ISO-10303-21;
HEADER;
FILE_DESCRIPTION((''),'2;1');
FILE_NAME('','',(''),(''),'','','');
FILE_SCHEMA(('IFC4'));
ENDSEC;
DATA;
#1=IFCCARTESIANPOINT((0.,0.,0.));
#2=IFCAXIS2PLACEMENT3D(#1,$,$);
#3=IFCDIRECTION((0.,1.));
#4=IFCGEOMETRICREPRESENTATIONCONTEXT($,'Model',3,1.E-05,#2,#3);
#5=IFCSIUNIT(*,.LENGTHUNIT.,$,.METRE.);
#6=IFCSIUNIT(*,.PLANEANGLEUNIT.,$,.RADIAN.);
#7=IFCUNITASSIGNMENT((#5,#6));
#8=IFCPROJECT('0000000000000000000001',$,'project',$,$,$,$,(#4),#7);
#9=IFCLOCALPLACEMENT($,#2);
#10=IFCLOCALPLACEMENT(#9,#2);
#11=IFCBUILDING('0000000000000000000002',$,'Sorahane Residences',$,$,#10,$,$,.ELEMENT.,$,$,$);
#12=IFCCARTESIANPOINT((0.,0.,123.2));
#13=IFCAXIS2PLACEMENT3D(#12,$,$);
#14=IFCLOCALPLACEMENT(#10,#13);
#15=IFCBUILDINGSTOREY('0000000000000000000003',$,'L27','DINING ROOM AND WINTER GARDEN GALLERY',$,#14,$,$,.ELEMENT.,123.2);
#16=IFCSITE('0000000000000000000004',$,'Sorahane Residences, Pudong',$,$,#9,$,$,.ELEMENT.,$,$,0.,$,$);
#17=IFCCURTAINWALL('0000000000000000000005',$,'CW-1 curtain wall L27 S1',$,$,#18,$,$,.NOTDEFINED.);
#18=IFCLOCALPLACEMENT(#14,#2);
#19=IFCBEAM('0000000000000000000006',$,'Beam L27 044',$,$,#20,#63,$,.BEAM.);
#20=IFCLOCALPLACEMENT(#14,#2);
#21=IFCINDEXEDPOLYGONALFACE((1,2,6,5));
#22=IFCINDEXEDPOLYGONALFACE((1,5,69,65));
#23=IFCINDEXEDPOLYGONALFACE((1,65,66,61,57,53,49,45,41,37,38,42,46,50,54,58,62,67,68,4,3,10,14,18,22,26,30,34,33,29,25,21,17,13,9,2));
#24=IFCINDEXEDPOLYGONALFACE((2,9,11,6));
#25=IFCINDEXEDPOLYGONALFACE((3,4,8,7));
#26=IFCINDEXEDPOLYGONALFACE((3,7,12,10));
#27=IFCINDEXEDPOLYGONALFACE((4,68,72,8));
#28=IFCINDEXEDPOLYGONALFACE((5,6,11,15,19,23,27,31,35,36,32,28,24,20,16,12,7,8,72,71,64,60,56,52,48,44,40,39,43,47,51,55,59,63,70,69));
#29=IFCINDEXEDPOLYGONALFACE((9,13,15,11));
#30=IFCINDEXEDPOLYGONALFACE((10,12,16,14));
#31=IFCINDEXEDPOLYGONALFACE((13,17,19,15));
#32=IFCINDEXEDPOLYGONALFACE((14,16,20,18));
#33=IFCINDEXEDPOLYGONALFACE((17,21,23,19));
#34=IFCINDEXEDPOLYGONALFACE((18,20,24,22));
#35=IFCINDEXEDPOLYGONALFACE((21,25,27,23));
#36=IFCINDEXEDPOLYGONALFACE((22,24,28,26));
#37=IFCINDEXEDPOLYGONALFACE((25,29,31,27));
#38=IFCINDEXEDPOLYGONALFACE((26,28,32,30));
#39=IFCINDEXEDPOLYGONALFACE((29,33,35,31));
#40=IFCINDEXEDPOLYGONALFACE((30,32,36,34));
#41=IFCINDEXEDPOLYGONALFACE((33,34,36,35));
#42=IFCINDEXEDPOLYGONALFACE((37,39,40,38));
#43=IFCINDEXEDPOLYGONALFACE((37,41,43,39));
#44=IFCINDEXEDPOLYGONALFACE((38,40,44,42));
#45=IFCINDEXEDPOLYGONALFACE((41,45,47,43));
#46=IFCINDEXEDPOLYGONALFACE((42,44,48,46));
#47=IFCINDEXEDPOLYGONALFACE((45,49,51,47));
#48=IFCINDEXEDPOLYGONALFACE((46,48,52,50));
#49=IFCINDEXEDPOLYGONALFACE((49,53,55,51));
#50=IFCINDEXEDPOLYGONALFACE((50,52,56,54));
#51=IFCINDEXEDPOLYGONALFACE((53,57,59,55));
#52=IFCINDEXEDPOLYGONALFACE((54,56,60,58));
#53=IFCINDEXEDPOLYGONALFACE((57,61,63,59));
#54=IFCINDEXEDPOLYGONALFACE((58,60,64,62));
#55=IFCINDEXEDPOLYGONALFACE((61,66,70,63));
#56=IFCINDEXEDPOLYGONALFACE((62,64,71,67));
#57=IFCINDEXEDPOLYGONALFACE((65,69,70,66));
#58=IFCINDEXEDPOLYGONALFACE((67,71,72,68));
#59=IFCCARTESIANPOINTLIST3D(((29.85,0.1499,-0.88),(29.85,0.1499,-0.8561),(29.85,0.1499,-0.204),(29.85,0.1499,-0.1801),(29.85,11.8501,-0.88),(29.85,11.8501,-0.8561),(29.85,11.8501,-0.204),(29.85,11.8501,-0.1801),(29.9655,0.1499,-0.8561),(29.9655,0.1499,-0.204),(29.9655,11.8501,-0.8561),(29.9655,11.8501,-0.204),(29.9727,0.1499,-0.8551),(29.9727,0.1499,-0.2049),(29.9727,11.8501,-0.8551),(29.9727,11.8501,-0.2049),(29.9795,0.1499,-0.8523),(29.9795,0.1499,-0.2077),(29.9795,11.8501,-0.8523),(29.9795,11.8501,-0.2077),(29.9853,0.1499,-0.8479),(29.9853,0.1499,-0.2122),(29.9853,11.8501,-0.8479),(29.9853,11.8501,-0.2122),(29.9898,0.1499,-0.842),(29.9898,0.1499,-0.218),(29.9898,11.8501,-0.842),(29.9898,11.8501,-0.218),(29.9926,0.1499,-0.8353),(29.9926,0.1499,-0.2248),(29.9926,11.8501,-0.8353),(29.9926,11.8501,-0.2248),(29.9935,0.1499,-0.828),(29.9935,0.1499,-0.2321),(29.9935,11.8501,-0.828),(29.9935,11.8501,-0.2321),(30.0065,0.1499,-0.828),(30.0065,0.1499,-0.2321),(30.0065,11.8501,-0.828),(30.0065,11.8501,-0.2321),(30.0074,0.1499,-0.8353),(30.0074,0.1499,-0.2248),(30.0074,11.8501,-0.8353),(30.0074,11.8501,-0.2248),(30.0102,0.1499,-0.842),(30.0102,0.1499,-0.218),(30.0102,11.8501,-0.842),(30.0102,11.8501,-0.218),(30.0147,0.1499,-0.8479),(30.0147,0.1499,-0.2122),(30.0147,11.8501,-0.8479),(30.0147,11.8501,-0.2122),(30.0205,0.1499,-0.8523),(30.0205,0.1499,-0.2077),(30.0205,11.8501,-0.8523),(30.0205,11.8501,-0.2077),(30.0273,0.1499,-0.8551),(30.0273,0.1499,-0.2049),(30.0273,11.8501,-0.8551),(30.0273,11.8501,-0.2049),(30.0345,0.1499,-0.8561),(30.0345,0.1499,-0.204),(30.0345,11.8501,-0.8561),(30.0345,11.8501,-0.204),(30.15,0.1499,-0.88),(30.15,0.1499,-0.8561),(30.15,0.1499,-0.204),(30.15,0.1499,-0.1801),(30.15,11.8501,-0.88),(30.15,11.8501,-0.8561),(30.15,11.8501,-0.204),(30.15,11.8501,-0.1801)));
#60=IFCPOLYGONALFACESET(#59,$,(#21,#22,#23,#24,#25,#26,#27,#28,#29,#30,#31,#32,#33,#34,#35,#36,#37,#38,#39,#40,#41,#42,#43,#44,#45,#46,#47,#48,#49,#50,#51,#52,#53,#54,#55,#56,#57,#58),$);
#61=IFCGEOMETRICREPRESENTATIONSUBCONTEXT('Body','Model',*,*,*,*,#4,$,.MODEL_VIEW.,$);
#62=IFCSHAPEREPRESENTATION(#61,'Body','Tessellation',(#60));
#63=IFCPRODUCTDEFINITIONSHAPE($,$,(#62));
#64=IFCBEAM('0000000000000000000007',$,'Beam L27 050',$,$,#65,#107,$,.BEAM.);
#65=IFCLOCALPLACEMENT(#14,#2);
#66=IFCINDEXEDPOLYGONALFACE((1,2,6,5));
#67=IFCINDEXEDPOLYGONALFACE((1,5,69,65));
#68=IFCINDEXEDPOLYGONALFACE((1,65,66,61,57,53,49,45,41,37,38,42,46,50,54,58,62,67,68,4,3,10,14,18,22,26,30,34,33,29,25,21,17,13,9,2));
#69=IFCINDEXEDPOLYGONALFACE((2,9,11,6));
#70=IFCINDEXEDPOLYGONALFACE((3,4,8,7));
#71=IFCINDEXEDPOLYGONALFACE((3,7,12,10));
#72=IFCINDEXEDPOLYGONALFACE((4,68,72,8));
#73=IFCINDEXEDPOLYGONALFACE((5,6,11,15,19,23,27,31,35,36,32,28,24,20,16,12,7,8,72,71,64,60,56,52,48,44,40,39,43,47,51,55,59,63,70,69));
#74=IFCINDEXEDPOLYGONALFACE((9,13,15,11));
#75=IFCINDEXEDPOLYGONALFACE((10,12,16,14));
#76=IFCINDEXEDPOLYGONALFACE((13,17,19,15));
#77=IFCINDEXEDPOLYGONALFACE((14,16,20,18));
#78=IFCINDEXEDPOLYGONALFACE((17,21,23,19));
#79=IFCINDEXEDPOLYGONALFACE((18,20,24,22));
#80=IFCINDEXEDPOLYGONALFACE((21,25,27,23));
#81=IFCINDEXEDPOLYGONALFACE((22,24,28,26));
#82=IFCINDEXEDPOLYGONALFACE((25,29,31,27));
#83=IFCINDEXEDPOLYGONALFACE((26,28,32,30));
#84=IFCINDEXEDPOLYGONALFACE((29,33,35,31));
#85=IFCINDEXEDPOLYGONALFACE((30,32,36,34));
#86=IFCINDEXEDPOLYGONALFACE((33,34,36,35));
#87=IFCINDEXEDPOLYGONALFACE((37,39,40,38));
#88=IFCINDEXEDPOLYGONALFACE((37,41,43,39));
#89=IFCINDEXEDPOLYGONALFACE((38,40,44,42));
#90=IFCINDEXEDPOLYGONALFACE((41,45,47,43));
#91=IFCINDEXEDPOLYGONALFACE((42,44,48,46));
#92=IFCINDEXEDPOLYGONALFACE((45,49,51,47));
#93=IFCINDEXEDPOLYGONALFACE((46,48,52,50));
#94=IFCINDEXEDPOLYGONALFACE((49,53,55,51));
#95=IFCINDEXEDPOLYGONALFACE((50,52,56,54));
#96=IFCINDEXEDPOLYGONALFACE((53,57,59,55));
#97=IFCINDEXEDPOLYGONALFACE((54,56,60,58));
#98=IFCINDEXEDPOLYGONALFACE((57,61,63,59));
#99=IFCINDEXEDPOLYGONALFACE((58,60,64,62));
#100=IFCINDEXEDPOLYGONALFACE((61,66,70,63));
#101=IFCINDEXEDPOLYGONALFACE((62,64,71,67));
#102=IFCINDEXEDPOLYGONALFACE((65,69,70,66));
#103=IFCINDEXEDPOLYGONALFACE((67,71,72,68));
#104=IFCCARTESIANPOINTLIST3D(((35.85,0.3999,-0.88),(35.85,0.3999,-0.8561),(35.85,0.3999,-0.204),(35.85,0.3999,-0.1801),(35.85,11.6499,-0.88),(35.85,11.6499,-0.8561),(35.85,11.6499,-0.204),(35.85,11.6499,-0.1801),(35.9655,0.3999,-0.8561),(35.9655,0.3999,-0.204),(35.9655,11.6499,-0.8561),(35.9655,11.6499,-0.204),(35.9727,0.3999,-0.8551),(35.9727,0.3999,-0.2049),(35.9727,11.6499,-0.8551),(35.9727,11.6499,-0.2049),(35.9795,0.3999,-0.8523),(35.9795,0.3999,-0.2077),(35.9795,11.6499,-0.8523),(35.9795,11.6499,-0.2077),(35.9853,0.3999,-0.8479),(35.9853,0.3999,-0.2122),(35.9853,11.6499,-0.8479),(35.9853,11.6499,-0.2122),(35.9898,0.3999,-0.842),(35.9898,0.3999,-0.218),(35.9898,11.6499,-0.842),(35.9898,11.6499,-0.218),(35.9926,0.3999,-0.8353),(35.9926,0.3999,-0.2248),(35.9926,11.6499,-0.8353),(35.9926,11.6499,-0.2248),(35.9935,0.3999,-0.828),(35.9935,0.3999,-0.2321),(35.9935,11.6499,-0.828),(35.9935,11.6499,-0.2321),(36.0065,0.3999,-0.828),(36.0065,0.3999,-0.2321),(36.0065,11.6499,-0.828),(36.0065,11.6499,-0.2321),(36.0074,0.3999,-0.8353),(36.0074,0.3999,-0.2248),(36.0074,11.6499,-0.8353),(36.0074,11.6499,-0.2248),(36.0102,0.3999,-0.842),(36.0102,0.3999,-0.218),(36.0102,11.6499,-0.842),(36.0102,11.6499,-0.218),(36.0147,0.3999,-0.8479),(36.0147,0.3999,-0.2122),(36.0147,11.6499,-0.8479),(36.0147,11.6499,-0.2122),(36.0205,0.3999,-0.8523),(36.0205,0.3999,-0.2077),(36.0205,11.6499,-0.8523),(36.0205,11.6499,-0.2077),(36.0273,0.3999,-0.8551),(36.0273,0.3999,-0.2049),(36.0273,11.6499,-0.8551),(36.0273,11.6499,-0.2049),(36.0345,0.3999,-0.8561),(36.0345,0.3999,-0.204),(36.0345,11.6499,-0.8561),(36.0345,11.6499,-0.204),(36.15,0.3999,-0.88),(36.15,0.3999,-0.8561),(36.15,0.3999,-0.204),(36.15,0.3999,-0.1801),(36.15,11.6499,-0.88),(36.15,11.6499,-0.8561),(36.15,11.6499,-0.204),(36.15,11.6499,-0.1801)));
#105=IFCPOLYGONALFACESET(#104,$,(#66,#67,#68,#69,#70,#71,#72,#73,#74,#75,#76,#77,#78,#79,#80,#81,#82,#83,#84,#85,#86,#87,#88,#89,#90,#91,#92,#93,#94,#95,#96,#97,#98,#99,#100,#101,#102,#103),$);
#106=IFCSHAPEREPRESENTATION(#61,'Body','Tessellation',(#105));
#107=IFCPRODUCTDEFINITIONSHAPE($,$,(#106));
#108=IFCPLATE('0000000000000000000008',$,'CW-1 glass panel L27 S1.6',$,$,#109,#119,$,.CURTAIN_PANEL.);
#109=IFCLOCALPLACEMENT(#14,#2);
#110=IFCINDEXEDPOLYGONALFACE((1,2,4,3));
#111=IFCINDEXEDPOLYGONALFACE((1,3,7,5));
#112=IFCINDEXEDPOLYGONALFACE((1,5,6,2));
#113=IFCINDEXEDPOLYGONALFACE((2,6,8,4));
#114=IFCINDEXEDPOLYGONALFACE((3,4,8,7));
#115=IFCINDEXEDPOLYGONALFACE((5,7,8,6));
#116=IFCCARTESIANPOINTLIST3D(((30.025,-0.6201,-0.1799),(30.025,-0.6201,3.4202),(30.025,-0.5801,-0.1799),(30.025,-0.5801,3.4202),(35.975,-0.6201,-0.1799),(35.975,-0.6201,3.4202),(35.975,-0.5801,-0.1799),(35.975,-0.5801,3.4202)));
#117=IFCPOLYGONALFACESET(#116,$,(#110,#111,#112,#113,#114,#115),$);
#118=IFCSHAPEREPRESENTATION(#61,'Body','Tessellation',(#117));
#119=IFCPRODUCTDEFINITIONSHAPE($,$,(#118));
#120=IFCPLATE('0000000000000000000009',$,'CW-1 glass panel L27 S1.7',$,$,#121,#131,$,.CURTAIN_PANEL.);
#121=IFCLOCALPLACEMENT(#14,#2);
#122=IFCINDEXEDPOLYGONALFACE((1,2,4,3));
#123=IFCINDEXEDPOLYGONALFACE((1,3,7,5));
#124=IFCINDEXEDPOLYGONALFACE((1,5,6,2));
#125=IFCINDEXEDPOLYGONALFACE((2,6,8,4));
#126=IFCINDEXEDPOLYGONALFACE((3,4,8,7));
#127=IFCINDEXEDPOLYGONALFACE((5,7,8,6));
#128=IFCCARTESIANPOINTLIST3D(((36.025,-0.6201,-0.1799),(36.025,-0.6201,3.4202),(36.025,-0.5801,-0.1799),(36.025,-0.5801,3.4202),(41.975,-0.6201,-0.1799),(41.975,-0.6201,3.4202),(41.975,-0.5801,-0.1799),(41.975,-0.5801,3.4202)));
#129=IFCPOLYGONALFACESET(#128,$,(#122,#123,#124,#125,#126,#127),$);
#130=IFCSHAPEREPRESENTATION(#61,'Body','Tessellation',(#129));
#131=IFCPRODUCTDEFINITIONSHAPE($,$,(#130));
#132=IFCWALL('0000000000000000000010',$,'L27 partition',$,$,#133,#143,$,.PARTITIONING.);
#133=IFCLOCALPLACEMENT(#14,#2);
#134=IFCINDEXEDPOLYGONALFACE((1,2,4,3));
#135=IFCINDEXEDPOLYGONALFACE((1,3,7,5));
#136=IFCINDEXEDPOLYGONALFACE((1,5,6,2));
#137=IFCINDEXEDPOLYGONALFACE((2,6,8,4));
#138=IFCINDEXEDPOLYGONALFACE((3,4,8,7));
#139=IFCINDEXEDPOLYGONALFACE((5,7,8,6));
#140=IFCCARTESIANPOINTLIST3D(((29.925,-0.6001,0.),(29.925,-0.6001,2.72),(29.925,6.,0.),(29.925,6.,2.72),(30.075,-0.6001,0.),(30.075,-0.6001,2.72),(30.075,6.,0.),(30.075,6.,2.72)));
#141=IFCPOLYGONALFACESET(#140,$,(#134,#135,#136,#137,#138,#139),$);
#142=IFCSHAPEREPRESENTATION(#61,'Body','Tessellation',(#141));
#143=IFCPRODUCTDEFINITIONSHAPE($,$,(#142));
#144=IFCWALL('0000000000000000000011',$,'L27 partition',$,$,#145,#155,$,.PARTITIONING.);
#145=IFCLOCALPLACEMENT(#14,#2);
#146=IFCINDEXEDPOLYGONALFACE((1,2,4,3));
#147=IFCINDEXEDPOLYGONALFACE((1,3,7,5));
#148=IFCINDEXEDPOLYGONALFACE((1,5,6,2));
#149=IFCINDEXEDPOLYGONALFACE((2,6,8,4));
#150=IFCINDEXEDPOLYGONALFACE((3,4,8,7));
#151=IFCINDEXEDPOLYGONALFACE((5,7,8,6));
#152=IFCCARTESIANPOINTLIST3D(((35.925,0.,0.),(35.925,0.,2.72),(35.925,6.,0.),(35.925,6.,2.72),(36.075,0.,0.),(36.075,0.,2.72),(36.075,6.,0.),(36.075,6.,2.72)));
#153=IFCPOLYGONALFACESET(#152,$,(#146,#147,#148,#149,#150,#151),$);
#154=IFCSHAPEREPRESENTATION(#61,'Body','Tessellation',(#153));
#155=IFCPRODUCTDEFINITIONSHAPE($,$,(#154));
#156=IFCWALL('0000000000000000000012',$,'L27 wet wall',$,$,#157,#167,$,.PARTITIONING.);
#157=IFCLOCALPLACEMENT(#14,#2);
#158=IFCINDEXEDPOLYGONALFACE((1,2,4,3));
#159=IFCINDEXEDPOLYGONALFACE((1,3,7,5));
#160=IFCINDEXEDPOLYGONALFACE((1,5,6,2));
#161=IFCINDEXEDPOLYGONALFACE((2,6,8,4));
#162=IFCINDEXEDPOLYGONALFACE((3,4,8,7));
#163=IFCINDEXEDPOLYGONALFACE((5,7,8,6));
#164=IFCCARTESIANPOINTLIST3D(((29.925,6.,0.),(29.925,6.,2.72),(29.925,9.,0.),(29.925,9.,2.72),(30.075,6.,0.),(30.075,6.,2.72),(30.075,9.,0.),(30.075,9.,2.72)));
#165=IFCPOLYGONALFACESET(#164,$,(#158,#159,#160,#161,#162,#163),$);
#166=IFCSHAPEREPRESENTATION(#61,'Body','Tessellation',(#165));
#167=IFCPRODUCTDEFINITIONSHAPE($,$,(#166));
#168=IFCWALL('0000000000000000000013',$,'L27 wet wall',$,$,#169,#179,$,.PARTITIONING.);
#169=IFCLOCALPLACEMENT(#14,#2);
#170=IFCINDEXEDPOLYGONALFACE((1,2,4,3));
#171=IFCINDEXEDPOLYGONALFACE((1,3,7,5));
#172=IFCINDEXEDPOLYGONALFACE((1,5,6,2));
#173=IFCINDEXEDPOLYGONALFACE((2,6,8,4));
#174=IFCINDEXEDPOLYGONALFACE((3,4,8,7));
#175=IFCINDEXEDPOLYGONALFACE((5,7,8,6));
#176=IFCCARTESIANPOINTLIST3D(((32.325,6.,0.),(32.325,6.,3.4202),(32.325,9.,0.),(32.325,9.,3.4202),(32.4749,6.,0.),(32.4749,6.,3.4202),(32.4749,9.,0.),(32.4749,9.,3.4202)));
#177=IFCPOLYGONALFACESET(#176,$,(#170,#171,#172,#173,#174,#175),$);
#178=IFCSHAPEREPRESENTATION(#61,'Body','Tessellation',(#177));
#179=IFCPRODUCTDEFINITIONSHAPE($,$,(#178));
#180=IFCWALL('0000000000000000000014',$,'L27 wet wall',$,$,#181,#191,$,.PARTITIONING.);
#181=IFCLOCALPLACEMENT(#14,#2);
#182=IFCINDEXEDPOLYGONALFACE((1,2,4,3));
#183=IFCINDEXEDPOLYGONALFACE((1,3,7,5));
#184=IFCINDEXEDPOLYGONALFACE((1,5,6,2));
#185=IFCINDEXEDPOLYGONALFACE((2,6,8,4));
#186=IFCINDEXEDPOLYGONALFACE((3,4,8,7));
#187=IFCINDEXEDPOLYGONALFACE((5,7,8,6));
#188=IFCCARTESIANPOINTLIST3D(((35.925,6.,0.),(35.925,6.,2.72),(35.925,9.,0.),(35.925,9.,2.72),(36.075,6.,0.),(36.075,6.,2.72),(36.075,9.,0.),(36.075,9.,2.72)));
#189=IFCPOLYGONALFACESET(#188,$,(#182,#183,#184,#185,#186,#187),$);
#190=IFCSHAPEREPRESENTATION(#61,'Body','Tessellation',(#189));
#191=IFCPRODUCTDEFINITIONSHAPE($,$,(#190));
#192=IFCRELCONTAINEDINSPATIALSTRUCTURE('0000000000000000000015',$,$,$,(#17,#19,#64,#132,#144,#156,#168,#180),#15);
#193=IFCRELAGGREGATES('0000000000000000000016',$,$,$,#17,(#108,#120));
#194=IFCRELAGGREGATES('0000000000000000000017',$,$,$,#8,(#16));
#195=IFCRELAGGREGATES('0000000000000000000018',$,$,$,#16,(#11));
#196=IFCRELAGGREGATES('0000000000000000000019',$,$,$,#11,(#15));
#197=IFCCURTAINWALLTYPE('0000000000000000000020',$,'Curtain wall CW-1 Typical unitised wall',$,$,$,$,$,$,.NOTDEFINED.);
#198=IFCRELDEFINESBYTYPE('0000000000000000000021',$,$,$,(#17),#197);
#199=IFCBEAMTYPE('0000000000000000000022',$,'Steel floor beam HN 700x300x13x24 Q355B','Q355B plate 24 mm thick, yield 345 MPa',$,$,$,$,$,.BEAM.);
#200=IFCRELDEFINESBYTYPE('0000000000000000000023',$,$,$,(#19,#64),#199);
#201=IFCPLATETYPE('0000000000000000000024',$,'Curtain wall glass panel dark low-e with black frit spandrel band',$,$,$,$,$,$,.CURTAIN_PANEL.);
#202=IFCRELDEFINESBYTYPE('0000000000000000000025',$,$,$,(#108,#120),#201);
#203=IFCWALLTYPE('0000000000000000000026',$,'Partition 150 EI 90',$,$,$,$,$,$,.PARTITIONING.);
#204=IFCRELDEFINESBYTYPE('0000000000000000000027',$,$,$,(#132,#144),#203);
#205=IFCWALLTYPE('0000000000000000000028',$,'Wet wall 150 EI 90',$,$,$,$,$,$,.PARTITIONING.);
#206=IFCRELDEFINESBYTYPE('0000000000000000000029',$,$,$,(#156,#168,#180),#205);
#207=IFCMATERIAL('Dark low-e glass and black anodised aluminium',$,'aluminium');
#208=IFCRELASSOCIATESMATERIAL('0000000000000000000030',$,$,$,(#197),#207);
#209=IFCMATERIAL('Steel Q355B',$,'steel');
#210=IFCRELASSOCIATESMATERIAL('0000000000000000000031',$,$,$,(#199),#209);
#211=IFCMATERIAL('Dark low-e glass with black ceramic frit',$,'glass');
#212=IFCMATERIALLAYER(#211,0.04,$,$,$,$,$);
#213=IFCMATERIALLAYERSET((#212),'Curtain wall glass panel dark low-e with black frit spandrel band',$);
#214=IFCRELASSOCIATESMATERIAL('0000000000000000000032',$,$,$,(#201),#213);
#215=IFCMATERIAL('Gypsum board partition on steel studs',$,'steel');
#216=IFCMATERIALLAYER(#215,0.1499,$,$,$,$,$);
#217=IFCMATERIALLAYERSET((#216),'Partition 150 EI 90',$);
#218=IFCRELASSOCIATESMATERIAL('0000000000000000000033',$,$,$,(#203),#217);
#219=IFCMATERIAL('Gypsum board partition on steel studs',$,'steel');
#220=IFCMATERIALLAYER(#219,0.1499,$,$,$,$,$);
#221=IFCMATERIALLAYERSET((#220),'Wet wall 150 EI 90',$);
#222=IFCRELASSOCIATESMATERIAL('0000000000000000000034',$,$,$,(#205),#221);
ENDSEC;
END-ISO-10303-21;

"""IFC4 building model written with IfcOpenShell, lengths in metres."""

from ifc_helpers import new_model, si_unit, direction, frame, frame_2d, origin, origin_2d, place, context, subcontext, project, spatial, rectangle, i_section, extrude, material, layer, layer_set, material_profile, profile_set, type_object, element, aggregate, save


model = new_model("IFC4")

# Units and contexts
model_context = context("Model", 3, precision=1e-05, world=origin(), true_north=direction((0.0, 1.0)))
body_context = subcontext(model_context, "Body", "Model", "MODEL_VIEW")
ifc_project = project(units=[si_unit("LENGTHUNIT", "METRE"), si_unit("PLANEANGLEUNIT", "RADIAN")], contexts=[model_context])

# Site, building, storey
site_placement = place(None, origin())
site = spatial("IfcSite", under=ifc_project, at=site_placement, Name="Sorahane Residences, Pudong", CompositionType="ELEMENT", RefElevation=0.0)
building_placement = place(site_placement, origin())
building = spatial("IfcBuilding", under=site, at=building_placement, Name="Sorahane Residences", CompositionType="ELEMENT")
storey_placement = place(building_placement, frame((0.0, 0.0, 123.2)))
storey = spatial("IfcBuildingStorey", under=building, at=storey_placement, Name="L27", Description="DINING ROOM AND WINTER GARDEN GALLERY", CompositionType="ELEMENT", Elevation=123.2)

# Curtain wall
ifc_material_1 = material(Name="Dark low-e glass and black anodised aluminium", Category="aluminium")
curtain_wall_type = type_object("IfcCurtainWallType", Name="Curtain wall CW-1 Typical unitised wall", PredefinedType="NOTDEFINED", material=ifc_material_1)
curtain_wall_placement = place(storey_placement, origin())
curtain_wall = element("IfcCurtainWall", 1, at=curtain_wall_placement, inside=storey, type_object=curtain_wall_type, Name="CW-1 curtain wall L27 S1", PredefinedType="NOTDEFINED")

# Beams
ifc_material_2 = material(Name="Steel Q355B", Category="steel")
ifc_material_profile_1 = material_profile(ifc_material_2, i_section(OverallWidth=0.3, OverallDepth=0.7, WebThickness=0.0129, FlangeThickness=0.0239, FilletRadius=0.0281, at=origin_2d()), Name="HN 700x300x13x24")
ifc_profile_set_1 = profile_set([ifc_material_profile_1], Name="Steel Q355B")
beam_type_1 = type_object("IfcBeamType", Name="Steel floor beam HN 700x300x13x24 Q355B", Description="Q355B plate 24 mm thick, yield 345 MPa", PredefinedType="BEAM", material=ifc_profile_set_1)
beam_1_placement = place(storey_placement, frame((30.0, 0.1499, -0.53), z_axis=(0.0, 1.0, 0.0), x_axis=(-1.0, 0.0, 0.0)))
element("IfcBeam", 2, at=beam_1_placement, inside=storey, type_object=beam_type_1, Name="Beam L27 044", PredefinedType="BEAM", context=body_context, shape_type="SweptSolid", body=[
    extrude(i_section(OverallWidth=0.3, OverallDepth=0.7, WebThickness=0.0129, FlangeThickness=0.0239, FilletRadius=0.0281, at=origin_2d()), origin(), (0.0, 0.0, 1.0), 11.7002),
])
beam_2_placement = place(storey_placement, frame((36.0, 0.3999, -0.53), z_axis=(0.0, 1.0, 0.0), x_axis=(-1.0, 0.0, 0.0)))
element("IfcBeam", 3, at=beam_2_placement, inside=storey, type_object=beam_type_1, Name="Beam L27 050", PredefinedType="BEAM", context=body_context, shape_type="SweptSolid", body=[
    extrude(i_section(OverallWidth=0.3, OverallDepth=0.7, WebThickness=0.0129, FlangeThickness=0.0239, FilletRadius=0.0281, at=origin_2d()), origin(), (0.0, 0.0, 1.0), 11.25),
])

# Plates
ifc_material_3 = material(Name="Dark low-e glass with black ceramic frit", Category="glass")
ifc_layer_1 = layer(ifc_material_3, 0.04)
ifc_layer_set_1 = layer_set([ifc_layer_1], Name="Curtain wall glass panel dark low-e with black frit spandrel band")
plate_type = type_object("IfcPlateType", Name="Curtain wall glass panel dark low-e with black frit spandrel band", PredefinedType="CURTAIN_PANEL", material=ifc_layer_set_1)
plate_1_placement = place(storey_placement, frame((33.0, -0.6001, -0.1799), z_axis=(0.0, 0.0, 1.0), x_axis=(1.0, 0.0, 0.0)))
plate_1 = element("IfcPlate", 4, at=plate_1_placement, type_object=plate_type, Name="CW-1 glass panel L27 S1.6", PredefinedType="CURTAIN_PANEL", context=body_context, shape_type="SweptSolid", body=[
    extrude(rectangle(XDim=5.95, YDim=0.04, at=origin_2d()), origin(), (0.0, 0.0, 1.0), 3.6001),
])
plate_2_placement = place(storey_placement, frame((39.0, -0.6001, -0.1799), z_axis=(0.0, 0.0, 1.0), x_axis=(1.0, 0.0, 0.0)))
plate_2 = element("IfcPlate", 5, at=plate_2_placement, type_object=plate_type, Name="CW-1 glass panel L27 S1.7", PredefinedType="CURTAIN_PANEL", context=body_context, shape_type="SweptSolid", body=[
    extrude(rectangle(XDim=5.95, YDim=0.04, at=origin_2d()), origin(), (0.0, 0.0, 1.0), 3.6001),
])
aggregate(curtain_wall, [plate_1, plate_2])

# Walls
ifc_material_4 = material(Name="Gypsum board partition on steel studs", Category="steel")
ifc_layer_2 = layer(ifc_material_4, 0.1499)
ifc_layer_set_2 = layer_set([ifc_layer_2], Name="Partition 150 EI 90")
wall_type_1 = type_object("IfcWallType", Name="Partition 150 EI 90", PredefinedType="PARTITIONING", material=ifc_layer_set_2)
wall_1_placement = place(storey_placement, frame((30.0, -0.6001, 0.0), z_axis=(0.0, 0.0, 1.0), x_axis=(0.0, 1.0, 0.0)))
element("IfcWall", 6, at=wall_1_placement, inside=storey, type_object=wall_type_1, Name="L27 partition", PredefinedType="PARTITIONING", context=body_context, shape_type="SweptSolid", body=[
    extrude(rectangle(XDim=6.6001, YDim=0.1499, at=frame_2d((3.3, 0.0))), origin(), (0.0, 0.0, 1.0), 2.72),
])
wall_2_placement = place(storey_placement, frame((36.0, 0.0, 0.0), z_axis=(0.0, 0.0, 1.0), x_axis=(0.0, 1.0, 0.0)))
element("IfcWall", 7, at=wall_2_placement, inside=storey, type_object=wall_type_1, Name="L27 partition", PredefinedType="PARTITIONING", context=body_context, shape_type="SweptSolid", body=[
    extrude(rectangle(XDim=6.0, YDim=0.1499, at=frame_2d((3.0, 0.0))), origin(), (0.0, 0.0, 1.0), 2.72),
])

# Walls
ifc_material_5 = material(Name="Gypsum board partition on steel studs", Category="steel")
ifc_layer_3 = layer(ifc_material_5, 0.1499)
ifc_layer_set_3 = layer_set([ifc_layer_3], Name="Wet wall 150 EI 90")
wall_type_2 = type_object("IfcWallType", Name="Wet wall 150 EI 90", PredefinedType="PARTITIONING", material=ifc_layer_set_3)
wall_3_placement = place(storey_placement, frame((30.0, 6.0, 0.0), z_axis=(0.0, 0.0, 1.0), x_axis=(0.0, 1.0, 0.0)))
element("IfcWall", 8, at=wall_3_placement, inside=storey, type_object=wall_type_2, Name="L27 wet wall", PredefinedType="PARTITIONING", context=body_context, shape_type="SweptSolid", body=[
    extrude(rectangle(XDim=3.0, YDim=0.1499, at=frame_2d((1.5, 0.0))), origin(), (0.0, 0.0, 1.0), 2.72),
])
wall_4_placement = place(storey_placement, frame((32.3999, 6.0, 0.0), z_axis=(0.0, 0.0, 1.0), x_axis=(0.0, 1.0, 0.0)))
element("IfcWall", 9, at=wall_4_placement, inside=storey, type_object=wall_type_2, Name="L27 wet wall", PredefinedType="PARTITIONING", context=body_context, shape_type="SweptSolid", body=[
    extrude(rectangle(XDim=3.0, YDim=0.1499, at=frame_2d((1.5, 0.0))), origin(), (0.0, 0.0, 1.0), 3.4202),
])
wall_5_placement = place(storey_placement, frame((36.0, 6.0, 0.0), z_axis=(0.0, 0.0, 1.0), x_axis=(0.0, 1.0, 0.0)))
element("IfcWall", 10, at=wall_5_placement, inside=storey, type_object=wall_type_2, Name="L27 wet wall", PredefinedType="PARTITIONING", context=body_context, shape_type="SweptSolid", body=[
    extrude(rectangle(XDim=3.0, YDim=0.1499, at=frame_2d((1.5, 0.0))), origin(), (0.0, 0.0, 1.0), 2.72),
])

save(model, "model.ifc")
